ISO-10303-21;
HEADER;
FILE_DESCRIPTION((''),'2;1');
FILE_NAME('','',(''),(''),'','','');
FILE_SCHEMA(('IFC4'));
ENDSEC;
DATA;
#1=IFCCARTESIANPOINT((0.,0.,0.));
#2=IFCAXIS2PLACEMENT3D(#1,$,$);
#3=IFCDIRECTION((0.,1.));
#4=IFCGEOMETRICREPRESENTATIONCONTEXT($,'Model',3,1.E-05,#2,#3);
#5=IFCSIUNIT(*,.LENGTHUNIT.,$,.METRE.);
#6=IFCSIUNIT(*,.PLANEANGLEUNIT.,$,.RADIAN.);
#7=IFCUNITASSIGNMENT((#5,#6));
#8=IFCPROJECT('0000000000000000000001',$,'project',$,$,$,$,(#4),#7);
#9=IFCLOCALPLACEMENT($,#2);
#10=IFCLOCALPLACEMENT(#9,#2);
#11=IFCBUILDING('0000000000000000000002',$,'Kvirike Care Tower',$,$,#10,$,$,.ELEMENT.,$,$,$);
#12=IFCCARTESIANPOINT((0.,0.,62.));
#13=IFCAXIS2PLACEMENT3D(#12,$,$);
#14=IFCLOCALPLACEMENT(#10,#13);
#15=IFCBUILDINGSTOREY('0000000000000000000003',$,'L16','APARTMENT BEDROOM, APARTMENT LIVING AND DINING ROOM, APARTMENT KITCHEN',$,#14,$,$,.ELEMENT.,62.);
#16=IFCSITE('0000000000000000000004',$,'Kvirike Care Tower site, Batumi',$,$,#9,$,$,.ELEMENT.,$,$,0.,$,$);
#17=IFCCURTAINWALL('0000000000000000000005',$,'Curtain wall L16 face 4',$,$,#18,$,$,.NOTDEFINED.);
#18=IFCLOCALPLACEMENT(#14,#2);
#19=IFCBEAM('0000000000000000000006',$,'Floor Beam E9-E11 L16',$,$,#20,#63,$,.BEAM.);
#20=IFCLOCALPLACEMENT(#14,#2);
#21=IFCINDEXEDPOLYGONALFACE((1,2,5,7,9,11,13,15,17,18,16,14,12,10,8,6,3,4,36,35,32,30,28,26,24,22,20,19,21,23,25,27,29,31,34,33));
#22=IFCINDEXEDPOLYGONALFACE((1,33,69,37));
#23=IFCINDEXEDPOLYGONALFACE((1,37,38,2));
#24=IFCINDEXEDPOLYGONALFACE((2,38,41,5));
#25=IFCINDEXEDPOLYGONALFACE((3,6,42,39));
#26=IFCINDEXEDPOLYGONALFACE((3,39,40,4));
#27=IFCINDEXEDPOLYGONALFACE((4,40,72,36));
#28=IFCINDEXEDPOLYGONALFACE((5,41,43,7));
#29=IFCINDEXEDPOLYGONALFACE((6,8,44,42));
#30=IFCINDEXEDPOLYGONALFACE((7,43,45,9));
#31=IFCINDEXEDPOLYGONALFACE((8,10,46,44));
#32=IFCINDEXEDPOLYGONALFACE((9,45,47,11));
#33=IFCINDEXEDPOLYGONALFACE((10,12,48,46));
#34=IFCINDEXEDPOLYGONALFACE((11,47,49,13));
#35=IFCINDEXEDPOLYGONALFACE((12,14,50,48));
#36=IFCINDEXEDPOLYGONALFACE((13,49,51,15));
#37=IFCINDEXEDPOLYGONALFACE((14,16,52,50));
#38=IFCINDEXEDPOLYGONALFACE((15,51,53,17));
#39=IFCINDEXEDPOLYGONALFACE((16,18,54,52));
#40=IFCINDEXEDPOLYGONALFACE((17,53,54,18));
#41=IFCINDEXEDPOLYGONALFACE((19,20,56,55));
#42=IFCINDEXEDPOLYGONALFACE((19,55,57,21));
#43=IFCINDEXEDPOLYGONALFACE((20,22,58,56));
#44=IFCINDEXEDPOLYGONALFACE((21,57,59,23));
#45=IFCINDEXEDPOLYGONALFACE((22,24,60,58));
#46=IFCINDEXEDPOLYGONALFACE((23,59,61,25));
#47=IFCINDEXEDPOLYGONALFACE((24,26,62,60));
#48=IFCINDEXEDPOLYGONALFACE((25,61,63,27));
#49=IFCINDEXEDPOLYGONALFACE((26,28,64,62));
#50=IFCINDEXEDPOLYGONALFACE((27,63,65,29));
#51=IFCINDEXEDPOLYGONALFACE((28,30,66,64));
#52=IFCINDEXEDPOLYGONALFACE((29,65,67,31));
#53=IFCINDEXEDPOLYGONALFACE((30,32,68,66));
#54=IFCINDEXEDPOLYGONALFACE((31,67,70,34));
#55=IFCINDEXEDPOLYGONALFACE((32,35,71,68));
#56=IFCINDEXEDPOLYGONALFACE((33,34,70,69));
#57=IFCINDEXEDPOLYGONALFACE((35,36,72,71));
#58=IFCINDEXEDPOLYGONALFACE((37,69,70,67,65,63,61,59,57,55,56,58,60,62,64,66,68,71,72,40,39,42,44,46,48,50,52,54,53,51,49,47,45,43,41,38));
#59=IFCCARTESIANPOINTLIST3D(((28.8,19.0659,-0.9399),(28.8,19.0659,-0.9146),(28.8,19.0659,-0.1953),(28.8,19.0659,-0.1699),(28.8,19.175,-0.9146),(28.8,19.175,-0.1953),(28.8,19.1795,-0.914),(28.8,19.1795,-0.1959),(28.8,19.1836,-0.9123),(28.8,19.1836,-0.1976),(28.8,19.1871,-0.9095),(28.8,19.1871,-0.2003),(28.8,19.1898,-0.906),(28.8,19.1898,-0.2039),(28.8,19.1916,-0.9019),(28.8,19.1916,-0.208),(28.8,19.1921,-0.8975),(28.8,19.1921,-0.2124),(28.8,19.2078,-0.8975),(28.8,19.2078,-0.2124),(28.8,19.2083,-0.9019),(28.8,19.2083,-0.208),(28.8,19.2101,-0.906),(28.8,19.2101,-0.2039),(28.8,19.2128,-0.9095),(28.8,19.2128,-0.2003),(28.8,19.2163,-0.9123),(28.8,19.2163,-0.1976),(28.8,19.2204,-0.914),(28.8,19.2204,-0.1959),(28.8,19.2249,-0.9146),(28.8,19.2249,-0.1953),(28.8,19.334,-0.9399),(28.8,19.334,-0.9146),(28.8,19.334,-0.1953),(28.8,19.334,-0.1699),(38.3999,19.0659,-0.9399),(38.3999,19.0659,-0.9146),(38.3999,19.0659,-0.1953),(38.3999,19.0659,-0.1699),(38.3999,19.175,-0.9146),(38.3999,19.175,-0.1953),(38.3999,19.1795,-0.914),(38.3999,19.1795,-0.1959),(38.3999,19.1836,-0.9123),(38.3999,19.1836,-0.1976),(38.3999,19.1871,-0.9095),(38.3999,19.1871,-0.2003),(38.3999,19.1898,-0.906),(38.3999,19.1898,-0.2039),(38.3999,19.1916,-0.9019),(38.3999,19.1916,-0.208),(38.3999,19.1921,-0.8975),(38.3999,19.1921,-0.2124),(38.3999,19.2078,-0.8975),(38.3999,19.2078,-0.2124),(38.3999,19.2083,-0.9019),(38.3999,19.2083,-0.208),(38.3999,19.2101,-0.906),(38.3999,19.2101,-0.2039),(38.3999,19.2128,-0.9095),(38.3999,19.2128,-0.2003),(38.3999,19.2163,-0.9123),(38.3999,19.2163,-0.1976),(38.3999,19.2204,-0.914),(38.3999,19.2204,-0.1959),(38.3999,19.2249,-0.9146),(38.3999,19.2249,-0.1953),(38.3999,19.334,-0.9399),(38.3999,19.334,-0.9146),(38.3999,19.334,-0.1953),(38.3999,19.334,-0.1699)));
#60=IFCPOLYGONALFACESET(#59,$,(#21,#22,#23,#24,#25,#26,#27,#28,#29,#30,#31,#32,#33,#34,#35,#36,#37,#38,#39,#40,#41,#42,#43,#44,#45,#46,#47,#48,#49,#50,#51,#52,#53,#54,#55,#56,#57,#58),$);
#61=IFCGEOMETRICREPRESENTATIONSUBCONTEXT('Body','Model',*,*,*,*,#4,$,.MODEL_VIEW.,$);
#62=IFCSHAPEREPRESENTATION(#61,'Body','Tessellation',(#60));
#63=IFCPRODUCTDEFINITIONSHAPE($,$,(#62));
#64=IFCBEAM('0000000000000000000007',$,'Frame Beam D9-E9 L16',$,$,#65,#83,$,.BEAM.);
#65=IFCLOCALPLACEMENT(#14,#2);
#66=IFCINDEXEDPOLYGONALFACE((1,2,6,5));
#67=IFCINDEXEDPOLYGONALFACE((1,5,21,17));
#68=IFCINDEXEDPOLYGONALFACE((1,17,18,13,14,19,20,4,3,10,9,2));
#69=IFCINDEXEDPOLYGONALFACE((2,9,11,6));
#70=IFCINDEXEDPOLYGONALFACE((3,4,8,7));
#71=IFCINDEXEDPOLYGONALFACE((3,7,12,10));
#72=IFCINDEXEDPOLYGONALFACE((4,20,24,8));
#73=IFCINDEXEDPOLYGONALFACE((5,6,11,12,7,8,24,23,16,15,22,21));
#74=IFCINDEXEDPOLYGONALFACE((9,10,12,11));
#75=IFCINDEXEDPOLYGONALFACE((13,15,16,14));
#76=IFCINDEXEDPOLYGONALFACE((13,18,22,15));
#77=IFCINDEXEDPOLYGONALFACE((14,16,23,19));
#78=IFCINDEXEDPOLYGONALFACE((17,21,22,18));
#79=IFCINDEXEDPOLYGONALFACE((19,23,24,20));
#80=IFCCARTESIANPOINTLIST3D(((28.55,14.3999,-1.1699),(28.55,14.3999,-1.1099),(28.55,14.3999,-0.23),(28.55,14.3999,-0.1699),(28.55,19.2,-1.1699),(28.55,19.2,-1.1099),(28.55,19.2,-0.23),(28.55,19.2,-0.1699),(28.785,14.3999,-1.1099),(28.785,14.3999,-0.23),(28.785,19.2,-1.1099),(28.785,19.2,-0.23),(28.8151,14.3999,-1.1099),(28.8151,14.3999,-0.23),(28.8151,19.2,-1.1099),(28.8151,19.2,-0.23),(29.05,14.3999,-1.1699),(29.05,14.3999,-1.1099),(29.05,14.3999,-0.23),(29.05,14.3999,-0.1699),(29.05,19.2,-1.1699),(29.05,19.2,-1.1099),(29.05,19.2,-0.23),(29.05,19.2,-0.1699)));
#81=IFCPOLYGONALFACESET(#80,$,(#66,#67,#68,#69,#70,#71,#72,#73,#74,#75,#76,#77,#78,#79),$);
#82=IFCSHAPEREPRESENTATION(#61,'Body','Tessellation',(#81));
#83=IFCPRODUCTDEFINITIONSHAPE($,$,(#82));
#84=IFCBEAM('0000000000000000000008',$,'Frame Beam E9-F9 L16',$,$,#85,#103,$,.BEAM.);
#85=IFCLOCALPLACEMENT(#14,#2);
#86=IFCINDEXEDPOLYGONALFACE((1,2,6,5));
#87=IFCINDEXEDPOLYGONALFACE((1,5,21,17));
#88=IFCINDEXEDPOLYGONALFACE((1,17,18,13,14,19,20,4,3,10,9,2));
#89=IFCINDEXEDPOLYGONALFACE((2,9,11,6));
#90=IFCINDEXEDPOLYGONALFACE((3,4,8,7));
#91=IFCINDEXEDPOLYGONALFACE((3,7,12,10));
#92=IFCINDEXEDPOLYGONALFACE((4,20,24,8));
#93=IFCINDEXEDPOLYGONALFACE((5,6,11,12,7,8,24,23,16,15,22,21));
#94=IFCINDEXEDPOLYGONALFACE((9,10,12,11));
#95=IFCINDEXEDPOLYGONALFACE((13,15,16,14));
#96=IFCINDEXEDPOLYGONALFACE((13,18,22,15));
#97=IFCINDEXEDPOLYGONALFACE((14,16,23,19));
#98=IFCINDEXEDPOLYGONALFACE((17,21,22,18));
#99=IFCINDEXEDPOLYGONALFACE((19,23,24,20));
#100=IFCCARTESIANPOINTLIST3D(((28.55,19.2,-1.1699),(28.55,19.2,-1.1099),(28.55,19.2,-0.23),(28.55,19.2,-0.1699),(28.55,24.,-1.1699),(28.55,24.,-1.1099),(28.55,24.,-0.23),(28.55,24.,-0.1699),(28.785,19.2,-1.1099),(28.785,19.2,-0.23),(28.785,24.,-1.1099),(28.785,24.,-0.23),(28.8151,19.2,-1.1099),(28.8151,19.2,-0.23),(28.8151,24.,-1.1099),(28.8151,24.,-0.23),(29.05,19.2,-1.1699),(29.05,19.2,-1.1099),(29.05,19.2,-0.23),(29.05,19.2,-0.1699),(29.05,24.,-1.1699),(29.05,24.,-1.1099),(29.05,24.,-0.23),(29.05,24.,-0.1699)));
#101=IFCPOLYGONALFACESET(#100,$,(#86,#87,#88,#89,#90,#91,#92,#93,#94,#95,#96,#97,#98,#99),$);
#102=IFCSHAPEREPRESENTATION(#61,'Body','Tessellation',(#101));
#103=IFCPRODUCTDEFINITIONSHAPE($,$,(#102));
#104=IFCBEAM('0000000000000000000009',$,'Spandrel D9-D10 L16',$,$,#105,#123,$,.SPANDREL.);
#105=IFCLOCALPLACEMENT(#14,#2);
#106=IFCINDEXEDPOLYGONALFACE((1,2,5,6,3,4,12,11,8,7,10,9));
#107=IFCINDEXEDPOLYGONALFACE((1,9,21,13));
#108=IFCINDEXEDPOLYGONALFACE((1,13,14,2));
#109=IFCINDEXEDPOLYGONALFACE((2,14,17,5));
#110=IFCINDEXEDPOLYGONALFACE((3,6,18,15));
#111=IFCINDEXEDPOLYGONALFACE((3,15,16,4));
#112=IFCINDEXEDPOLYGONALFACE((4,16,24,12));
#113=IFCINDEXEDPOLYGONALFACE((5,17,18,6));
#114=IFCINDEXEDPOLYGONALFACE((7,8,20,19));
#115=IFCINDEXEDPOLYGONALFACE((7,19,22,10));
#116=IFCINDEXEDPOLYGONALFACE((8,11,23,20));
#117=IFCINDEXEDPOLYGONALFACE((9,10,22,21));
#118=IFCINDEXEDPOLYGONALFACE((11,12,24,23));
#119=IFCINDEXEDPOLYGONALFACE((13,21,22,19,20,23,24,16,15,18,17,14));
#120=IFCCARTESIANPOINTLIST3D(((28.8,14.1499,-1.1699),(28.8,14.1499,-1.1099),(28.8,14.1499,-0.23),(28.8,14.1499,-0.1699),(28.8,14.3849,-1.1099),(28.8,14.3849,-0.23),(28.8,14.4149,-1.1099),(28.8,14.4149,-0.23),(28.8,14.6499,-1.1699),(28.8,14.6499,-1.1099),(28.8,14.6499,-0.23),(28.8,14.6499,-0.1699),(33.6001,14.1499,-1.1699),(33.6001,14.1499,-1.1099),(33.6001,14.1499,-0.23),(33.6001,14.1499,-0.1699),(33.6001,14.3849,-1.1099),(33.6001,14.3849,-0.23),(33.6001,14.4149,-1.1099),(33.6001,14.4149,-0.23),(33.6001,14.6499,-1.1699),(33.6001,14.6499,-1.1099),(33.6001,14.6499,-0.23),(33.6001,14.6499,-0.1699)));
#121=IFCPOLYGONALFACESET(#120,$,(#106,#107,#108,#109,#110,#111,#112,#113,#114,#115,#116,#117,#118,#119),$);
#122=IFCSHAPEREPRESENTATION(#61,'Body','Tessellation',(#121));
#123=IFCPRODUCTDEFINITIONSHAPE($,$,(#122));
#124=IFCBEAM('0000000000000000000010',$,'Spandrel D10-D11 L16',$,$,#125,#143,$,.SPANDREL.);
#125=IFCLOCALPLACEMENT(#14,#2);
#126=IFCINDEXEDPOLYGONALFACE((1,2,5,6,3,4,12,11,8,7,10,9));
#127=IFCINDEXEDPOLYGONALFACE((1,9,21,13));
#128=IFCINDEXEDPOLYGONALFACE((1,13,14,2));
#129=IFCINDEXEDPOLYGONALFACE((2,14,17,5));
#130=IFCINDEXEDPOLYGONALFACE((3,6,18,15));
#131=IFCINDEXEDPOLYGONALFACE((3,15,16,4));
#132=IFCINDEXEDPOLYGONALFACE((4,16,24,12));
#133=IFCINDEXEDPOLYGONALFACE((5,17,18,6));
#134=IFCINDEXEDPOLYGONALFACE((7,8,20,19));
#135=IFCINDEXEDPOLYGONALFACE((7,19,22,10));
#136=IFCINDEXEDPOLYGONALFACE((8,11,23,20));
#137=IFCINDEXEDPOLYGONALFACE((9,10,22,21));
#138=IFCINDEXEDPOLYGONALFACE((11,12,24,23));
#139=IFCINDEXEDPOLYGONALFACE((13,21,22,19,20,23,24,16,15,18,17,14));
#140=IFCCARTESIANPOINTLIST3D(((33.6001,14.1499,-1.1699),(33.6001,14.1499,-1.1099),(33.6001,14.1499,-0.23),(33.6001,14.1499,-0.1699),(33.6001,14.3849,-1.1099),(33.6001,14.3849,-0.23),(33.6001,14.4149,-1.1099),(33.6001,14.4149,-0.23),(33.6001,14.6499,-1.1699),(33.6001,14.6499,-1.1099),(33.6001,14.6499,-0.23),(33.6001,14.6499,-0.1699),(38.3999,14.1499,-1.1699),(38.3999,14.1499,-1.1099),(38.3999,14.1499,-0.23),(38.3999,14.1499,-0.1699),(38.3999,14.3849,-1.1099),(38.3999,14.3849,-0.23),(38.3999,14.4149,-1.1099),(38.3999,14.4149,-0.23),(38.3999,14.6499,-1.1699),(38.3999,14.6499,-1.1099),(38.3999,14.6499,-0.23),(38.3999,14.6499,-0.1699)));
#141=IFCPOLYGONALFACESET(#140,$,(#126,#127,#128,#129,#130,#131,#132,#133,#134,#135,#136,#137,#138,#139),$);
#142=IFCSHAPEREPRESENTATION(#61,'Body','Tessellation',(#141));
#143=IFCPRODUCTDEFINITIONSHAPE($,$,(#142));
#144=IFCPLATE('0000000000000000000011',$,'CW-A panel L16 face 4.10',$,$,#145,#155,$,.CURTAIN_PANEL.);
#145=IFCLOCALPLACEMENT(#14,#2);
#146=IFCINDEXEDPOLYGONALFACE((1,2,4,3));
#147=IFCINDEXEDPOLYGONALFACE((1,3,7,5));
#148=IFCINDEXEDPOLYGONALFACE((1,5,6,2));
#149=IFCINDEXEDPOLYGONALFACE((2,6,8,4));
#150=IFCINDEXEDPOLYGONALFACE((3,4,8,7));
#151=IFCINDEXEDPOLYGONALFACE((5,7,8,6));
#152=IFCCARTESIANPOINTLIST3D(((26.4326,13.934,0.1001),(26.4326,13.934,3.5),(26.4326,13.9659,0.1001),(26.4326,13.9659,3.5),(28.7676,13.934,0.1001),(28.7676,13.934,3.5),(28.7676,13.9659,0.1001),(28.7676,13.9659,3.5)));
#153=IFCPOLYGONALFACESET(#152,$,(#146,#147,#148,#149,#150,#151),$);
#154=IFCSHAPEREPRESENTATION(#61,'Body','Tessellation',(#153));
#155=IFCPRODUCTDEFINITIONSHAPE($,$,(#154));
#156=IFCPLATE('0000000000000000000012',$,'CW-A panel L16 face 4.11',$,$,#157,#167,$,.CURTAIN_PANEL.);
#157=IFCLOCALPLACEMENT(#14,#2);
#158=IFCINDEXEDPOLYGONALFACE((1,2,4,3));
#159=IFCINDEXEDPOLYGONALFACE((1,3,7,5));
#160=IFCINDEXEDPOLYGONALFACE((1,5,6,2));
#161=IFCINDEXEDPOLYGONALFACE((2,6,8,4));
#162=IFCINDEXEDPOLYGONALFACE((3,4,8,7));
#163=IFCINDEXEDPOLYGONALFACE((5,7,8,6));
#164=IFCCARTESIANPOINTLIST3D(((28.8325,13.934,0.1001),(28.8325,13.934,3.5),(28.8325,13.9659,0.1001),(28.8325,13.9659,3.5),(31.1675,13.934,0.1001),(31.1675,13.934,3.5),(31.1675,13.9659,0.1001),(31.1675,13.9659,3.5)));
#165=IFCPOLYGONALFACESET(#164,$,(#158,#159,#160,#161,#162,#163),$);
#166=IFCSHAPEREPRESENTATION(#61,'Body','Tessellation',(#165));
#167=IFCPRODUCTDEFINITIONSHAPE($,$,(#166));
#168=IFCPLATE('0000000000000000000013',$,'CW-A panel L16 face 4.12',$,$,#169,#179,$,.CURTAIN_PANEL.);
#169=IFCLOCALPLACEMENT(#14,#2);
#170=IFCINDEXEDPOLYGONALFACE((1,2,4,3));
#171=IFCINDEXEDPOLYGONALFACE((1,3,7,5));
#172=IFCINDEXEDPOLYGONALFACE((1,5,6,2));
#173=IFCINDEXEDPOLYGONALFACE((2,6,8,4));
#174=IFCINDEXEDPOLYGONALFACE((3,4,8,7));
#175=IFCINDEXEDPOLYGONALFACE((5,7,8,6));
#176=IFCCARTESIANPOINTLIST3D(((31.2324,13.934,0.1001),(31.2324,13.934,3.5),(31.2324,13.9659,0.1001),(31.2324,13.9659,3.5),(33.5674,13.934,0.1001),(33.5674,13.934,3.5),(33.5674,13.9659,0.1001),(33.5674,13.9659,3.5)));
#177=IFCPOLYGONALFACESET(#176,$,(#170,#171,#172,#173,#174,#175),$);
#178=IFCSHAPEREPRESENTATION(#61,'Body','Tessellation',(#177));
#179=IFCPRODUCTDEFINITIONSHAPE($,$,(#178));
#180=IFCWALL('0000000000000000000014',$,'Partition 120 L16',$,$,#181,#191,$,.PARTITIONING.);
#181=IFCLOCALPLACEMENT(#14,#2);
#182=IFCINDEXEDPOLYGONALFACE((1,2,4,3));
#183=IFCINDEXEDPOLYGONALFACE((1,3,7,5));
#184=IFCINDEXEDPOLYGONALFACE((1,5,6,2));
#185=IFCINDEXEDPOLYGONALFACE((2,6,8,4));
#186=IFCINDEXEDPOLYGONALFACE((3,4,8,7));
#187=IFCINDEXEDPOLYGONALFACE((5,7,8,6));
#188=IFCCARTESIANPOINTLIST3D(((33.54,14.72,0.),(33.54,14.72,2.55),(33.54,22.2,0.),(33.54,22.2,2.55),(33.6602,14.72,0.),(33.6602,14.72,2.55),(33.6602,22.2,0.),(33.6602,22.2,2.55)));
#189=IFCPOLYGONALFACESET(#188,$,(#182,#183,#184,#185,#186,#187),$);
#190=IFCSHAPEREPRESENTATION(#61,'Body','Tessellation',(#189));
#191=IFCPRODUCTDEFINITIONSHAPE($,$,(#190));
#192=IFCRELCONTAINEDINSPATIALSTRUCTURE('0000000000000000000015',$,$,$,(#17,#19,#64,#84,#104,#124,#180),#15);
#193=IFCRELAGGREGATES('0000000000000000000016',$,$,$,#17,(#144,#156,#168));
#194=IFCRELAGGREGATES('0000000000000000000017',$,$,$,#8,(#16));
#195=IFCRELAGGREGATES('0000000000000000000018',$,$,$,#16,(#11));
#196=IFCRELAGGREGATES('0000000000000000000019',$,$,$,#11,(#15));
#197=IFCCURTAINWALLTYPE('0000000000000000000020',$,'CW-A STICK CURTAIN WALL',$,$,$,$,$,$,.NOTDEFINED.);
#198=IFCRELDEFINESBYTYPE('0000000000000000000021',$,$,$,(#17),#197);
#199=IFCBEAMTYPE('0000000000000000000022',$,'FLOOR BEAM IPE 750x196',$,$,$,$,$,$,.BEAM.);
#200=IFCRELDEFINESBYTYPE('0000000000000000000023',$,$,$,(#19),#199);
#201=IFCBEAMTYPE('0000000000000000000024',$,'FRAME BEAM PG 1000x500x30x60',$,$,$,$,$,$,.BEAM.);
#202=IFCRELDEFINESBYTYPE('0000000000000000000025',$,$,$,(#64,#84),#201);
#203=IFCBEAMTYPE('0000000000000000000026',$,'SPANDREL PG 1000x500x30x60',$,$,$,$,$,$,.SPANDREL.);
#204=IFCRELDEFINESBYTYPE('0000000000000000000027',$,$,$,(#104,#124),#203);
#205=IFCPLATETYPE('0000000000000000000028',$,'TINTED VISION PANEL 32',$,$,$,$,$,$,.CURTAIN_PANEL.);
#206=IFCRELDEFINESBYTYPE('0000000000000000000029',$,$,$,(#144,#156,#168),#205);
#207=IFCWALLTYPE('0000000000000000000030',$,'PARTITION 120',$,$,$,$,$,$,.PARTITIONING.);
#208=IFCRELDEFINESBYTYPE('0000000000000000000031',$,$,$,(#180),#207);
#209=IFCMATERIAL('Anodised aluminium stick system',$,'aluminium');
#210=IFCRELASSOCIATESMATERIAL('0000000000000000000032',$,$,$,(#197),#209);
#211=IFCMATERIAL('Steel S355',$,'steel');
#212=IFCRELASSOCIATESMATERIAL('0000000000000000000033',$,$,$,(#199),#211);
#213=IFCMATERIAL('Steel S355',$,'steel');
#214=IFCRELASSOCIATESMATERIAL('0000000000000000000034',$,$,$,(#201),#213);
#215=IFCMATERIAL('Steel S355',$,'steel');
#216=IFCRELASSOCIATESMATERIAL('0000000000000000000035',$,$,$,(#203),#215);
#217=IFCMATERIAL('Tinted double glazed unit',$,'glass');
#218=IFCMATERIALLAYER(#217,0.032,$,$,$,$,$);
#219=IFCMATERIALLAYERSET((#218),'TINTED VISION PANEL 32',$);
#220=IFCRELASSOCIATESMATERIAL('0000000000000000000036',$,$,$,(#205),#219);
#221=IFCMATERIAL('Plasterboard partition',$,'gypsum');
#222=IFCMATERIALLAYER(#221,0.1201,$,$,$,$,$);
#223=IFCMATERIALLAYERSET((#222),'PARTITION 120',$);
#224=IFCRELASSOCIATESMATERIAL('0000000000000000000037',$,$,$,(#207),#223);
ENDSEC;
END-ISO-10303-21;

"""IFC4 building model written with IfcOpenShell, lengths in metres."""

from ifc_helpers import new_model, si_unit, direction, frame, frame_2d, origin, origin_2d, place, context, subcontext, project, spatial, rectangle, i_section, extrude, material, layer, layer_set, material_profile, profile_set, type_object, element, aggregate, save


model = new_model("IFC4")

# Units and contexts
model_context = context("Model", 3, precision=1e-05, world=origin(), true_north=direction((0.0, 1.0)))
body_context = subcontext(model_context, "Body", "Model", "MODEL_VIEW")
ifc_project = project(units=[si_unit("LENGTHUNIT", "METRE"), si_unit("PLANEANGLEUNIT", "RADIAN")], contexts=[model_context])

# Site, building, storey
site_placement = place(None, origin())
site = spatial("IfcSite", under=ifc_project, at=site_placement, Name="Kvirike Care Tower site, Batumi", CompositionType="ELEMENT", RefElevation=0.0)
building_placement = place(site_placement, origin())
building = spatial("IfcBuilding", under=site, at=building_placement, Name="Kvirike Care Tower", CompositionType="ELEMENT")
storey_placement = place(building_placement, frame((0.0, 0.0, 62.0)))
storey = spatial("IfcBuildingStorey", under=building, at=storey_placement, Name="L16", Description="APARTMENT BEDROOM, APARTMENT LIVING AND DINING ROOM, APARTMENT KITCHEN", CompositionType="ELEMENT", Elevation=62.0)

# Curtain wall
ifc_material_1 = material(Name="Anodised aluminium stick system", Category="aluminium")
curtain_wall_type = type_object("IfcCurtainWallType", Name="CW-A STICK CURTAIN WALL", PredefinedType="NOTDEFINED", material=ifc_material_1)
curtain_wall_placement = place(storey_placement, origin())
curtain_wall = element("IfcCurtainWall", 1, at=curtain_wall_placement, inside=storey, type_object=curtain_wall_type, Name="Curtain wall L16 face 4", PredefinedType="NOTDEFINED")

# Beams
ifc_material_2 = material(Name="Steel S355", Category="steel")
ifc_material_profile_1 = material_profile(ifc_material_2, i_section(OverallWidth=0.2681, OverallDepth=0.77, WebThickness=0.0156, FlangeThickness=0.0254, FilletRadius=0.0171, at=origin_2d()), Name="IPE 750x196")
ifc_profile_set_1 = profile_set([ifc_material_profile_1], Name="Steel S355")
beam_type_1 = type_object("IfcBeamType", Name="FLOOR BEAM IPE 750x196", PredefinedType="BEAM", material=ifc_profile_set_1)
beam_1_placement = place(storey_placement, frame((28.8, 19.2, -0.5549), z_axis=(1.0, 0.0, 0.0), x_axis=(0.0, 1.0, 0.0)))
element("IfcBeam", 2, at=beam_1_placement, inside=storey, type_object=beam_type_1, Name="Floor Beam E9-E11 L16", PredefinedType="BEAM", context=body_context, shape_type="SweptSolid", body=[
    extrude(i_section(OverallWidth=0.2681, OverallDepth=0.77, WebThickness=0.0156, FlangeThickness=0.0254, FilletRadius=0.0171, at=origin_2d()), origin(), (0.0, 0.0, 1.0), 9.5999),
])
ifc_material_3 = material(Name="Steel S355", Category="steel")
ifc_material_profile_2 = material_profile(ifc_material_3, i_section(OverallWidth=0.5, OverallDepth=1.0, WebThickness=0.03, FlangeThickness=0.0601, at=origin_2d()), Name="PG 1000x500x30x60")
ifc_profile_set_2 = profile_set([ifc_material_profile_2], Name="Steel S355")
beam_type_2 = type_object("IfcBeamType", Name="FRAME BEAM PG 1000x500x30x60", PredefinedType="BEAM", material=ifc_profile_set_2)
for number, where, z_axis, x_axis, name in (
    (3, (28.8, 14.3999, -0.6699), (0.0, 1.0, 0.0), (-1.0, 0.0, 0.0), "Frame Beam D9-E9 L16"),
    (4, (28.8, 19.2, -0.6699), (0.0, 1.0, 0.0), (-1.0, 0.0, 0.0), "Frame Beam E9-F9 L16"),
):
    element("IfcBeam", number, at=place(storey_placement, frame(where, z_axis=z_axis, x_axis=x_axis)), inside=storey, type_object=beam_type_2, Name=name, PredefinedType="BEAM", context=body_context, shape_type="SweptSolid", body=[
        extrude(i_section(OverallWidth=0.5, OverallDepth=1.0, WebThickness=0.03, FlangeThickness=0.0601, at=origin_2d()), origin(), (0.0, 0.0, 1.0), 4.8),
    ])
ifc_material_4 = material(Name="Steel S355", Category="steel")
ifc_material_profile_3 = material_profile(ifc_material_4, i_section(OverallWidth=0.5, OverallDepth=1.0, WebThickness=0.03, FlangeThickness=0.0601, at=origin_2d()), Name="PG 1000x500x30x60")
ifc_profile_set_3 = profile_set([ifc_material_profile_3], Name="Steel S355")
beam_type_3 = type_object("IfcBeamType", Name="SPANDREL PG 1000x500x30x60", PredefinedType="SPANDREL", material=ifc_profile_set_3)
beam_2_placement = place(storey_placement, frame((28.8, 14.3999, -0.6699), z_axis=(1.0, 0.0, 0.0), x_axis=(0.0, 1.0, 0.0)))
element("IfcBeam", 5, at=beam_2_placement, inside=storey, type_object=beam_type_3, Name="Spandrel D9-D10 L16", PredefinedType="SPANDREL", context=body_context, shape_type="SweptSolid", body=[
    extrude(i_section(OverallWidth=0.5, OverallDepth=1.0, WebThickness=0.03, FlangeThickness=0.0601, at=origin_2d()), origin(), (0.0, 0.0, 1.0), 4.8),
])
beam_3_placement = place(storey_placement, frame((33.6001, 14.3999, -0.6699), z_axis=(1.0, 0.0, 0.0), x_axis=(0.0, 1.0, 0.0)))
element("IfcBeam", 6, at=beam_3_placement, inside=storey, type_object=beam_type_3, Name="Spandrel D10-D11 L16", PredefinedType="SPANDREL", context=body_context, shape_type="SweptSolid", body=[
    extrude(i_section(OverallWidth=0.5, OverallDepth=1.0, WebThickness=0.03, FlangeThickness=0.0601, at=origin_2d()), origin(), (0.0, 0.0, 1.0), 4.7998),
])

# Plates
ifc_material_5 = material(Name="Tinted double glazed unit", Category="glass")
ifc_layer_1 = layer(ifc_material_5, 0.032)
ifc_layer_set_1 = layer_set([ifc_layer_1], Name="TINTED VISION PANEL 32")
plate_type = type_object("IfcPlateType", Name="TINTED VISION PANEL 32", PredefinedType="CURTAIN_PANEL", material=ifc_layer_set_1)
plate_1_placement = place(storey_placement, frame((27.6001, 13.95, 0.1001), z_axis=(0.0, 0.0, 1.0), x_axis=(1.0, 0.0, 0.0)))
plate_1 = element("IfcPlate", 7, at=plate_1_placement, type_object=plate_type, Name="CW-A panel L16 face 4.10", PredefinedType="CURTAIN_PANEL", context=body_context, shape_type="SweptSolid", body=[
    extrude(rectangle(XDim=2.335, YDim=0.032, at=origin_2d()), origin(), (0.0, 0.0, 1.0), 3.3999),
])
plate_2_placement = place(storey_placement, frame((30.0, 13.95, 0.1001), z_axis=(0.0, 0.0, 1.0), x_axis=(1.0, 0.0, 0.0)))
plate_2 = element("IfcPlate", 8, at=plate_2_placement, type_object=plate_type, Name="CW-A panel L16 face 4.11", PredefinedType="CURTAIN_PANEL", context=body_context, shape_type="SweptSolid", body=[
    extrude(rectangle(XDim=2.335, YDim=0.032, at=origin_2d()), origin(), (0.0, 0.0, 1.0), 3.3999),
])
plate_3_placement = place(storey_placement, frame((32.3999, 13.95, 0.1001), z_axis=(0.0, 0.0, 1.0), x_axis=(1.0, 0.0, 0.0)))
plate_3 = element("IfcPlate", 9, at=plate_3_placement, type_object=plate_type, Name="CW-A panel L16 face 4.12", PredefinedType="CURTAIN_PANEL", context=body_context, shape_type="SweptSolid", body=[
    extrude(rectangle(XDim=2.335, YDim=0.032, at=origin_2d()), origin(), (0.0, 0.0, 1.0), 3.3999),
])
aggregate(curtain_wall, [plate_1, plate_2, plate_3])

# Wall
ifc_material_6 = material(Name="Plasterboard partition", Category="gypsum")
ifc_layer_2 = layer(ifc_material_6, 0.1201)
ifc_layer_set_2 = layer_set([ifc_layer_2], Name="PARTITION 120")
wall_type_1 = type_object("IfcWallType", Name="PARTITION 120", PredefinedType="PARTITIONING", material=ifc_layer_set_2)
wall_1_placement = place(storey_placement, frame((33.6001, 14.72, 0.0), z_axis=(0.0, 0.0, 1.0), x_axis=(0.0, 1.0, 0.0)))
element("IfcWall", 10, at=wall_1_placement, inside=storey, type_object=wall_type_1, Name="Partition 120 L16", PredefinedType="PARTITIONING", context=body_context, shape_type="SweptSolid", body=[
    extrude(rectangle(XDim=7.48, YDim=0.1201, at=frame_2d((3.74, 0.0))), origin(), (0.0, 0.0, 1.0), 2.55),
])

save(model, "model.ifc")
